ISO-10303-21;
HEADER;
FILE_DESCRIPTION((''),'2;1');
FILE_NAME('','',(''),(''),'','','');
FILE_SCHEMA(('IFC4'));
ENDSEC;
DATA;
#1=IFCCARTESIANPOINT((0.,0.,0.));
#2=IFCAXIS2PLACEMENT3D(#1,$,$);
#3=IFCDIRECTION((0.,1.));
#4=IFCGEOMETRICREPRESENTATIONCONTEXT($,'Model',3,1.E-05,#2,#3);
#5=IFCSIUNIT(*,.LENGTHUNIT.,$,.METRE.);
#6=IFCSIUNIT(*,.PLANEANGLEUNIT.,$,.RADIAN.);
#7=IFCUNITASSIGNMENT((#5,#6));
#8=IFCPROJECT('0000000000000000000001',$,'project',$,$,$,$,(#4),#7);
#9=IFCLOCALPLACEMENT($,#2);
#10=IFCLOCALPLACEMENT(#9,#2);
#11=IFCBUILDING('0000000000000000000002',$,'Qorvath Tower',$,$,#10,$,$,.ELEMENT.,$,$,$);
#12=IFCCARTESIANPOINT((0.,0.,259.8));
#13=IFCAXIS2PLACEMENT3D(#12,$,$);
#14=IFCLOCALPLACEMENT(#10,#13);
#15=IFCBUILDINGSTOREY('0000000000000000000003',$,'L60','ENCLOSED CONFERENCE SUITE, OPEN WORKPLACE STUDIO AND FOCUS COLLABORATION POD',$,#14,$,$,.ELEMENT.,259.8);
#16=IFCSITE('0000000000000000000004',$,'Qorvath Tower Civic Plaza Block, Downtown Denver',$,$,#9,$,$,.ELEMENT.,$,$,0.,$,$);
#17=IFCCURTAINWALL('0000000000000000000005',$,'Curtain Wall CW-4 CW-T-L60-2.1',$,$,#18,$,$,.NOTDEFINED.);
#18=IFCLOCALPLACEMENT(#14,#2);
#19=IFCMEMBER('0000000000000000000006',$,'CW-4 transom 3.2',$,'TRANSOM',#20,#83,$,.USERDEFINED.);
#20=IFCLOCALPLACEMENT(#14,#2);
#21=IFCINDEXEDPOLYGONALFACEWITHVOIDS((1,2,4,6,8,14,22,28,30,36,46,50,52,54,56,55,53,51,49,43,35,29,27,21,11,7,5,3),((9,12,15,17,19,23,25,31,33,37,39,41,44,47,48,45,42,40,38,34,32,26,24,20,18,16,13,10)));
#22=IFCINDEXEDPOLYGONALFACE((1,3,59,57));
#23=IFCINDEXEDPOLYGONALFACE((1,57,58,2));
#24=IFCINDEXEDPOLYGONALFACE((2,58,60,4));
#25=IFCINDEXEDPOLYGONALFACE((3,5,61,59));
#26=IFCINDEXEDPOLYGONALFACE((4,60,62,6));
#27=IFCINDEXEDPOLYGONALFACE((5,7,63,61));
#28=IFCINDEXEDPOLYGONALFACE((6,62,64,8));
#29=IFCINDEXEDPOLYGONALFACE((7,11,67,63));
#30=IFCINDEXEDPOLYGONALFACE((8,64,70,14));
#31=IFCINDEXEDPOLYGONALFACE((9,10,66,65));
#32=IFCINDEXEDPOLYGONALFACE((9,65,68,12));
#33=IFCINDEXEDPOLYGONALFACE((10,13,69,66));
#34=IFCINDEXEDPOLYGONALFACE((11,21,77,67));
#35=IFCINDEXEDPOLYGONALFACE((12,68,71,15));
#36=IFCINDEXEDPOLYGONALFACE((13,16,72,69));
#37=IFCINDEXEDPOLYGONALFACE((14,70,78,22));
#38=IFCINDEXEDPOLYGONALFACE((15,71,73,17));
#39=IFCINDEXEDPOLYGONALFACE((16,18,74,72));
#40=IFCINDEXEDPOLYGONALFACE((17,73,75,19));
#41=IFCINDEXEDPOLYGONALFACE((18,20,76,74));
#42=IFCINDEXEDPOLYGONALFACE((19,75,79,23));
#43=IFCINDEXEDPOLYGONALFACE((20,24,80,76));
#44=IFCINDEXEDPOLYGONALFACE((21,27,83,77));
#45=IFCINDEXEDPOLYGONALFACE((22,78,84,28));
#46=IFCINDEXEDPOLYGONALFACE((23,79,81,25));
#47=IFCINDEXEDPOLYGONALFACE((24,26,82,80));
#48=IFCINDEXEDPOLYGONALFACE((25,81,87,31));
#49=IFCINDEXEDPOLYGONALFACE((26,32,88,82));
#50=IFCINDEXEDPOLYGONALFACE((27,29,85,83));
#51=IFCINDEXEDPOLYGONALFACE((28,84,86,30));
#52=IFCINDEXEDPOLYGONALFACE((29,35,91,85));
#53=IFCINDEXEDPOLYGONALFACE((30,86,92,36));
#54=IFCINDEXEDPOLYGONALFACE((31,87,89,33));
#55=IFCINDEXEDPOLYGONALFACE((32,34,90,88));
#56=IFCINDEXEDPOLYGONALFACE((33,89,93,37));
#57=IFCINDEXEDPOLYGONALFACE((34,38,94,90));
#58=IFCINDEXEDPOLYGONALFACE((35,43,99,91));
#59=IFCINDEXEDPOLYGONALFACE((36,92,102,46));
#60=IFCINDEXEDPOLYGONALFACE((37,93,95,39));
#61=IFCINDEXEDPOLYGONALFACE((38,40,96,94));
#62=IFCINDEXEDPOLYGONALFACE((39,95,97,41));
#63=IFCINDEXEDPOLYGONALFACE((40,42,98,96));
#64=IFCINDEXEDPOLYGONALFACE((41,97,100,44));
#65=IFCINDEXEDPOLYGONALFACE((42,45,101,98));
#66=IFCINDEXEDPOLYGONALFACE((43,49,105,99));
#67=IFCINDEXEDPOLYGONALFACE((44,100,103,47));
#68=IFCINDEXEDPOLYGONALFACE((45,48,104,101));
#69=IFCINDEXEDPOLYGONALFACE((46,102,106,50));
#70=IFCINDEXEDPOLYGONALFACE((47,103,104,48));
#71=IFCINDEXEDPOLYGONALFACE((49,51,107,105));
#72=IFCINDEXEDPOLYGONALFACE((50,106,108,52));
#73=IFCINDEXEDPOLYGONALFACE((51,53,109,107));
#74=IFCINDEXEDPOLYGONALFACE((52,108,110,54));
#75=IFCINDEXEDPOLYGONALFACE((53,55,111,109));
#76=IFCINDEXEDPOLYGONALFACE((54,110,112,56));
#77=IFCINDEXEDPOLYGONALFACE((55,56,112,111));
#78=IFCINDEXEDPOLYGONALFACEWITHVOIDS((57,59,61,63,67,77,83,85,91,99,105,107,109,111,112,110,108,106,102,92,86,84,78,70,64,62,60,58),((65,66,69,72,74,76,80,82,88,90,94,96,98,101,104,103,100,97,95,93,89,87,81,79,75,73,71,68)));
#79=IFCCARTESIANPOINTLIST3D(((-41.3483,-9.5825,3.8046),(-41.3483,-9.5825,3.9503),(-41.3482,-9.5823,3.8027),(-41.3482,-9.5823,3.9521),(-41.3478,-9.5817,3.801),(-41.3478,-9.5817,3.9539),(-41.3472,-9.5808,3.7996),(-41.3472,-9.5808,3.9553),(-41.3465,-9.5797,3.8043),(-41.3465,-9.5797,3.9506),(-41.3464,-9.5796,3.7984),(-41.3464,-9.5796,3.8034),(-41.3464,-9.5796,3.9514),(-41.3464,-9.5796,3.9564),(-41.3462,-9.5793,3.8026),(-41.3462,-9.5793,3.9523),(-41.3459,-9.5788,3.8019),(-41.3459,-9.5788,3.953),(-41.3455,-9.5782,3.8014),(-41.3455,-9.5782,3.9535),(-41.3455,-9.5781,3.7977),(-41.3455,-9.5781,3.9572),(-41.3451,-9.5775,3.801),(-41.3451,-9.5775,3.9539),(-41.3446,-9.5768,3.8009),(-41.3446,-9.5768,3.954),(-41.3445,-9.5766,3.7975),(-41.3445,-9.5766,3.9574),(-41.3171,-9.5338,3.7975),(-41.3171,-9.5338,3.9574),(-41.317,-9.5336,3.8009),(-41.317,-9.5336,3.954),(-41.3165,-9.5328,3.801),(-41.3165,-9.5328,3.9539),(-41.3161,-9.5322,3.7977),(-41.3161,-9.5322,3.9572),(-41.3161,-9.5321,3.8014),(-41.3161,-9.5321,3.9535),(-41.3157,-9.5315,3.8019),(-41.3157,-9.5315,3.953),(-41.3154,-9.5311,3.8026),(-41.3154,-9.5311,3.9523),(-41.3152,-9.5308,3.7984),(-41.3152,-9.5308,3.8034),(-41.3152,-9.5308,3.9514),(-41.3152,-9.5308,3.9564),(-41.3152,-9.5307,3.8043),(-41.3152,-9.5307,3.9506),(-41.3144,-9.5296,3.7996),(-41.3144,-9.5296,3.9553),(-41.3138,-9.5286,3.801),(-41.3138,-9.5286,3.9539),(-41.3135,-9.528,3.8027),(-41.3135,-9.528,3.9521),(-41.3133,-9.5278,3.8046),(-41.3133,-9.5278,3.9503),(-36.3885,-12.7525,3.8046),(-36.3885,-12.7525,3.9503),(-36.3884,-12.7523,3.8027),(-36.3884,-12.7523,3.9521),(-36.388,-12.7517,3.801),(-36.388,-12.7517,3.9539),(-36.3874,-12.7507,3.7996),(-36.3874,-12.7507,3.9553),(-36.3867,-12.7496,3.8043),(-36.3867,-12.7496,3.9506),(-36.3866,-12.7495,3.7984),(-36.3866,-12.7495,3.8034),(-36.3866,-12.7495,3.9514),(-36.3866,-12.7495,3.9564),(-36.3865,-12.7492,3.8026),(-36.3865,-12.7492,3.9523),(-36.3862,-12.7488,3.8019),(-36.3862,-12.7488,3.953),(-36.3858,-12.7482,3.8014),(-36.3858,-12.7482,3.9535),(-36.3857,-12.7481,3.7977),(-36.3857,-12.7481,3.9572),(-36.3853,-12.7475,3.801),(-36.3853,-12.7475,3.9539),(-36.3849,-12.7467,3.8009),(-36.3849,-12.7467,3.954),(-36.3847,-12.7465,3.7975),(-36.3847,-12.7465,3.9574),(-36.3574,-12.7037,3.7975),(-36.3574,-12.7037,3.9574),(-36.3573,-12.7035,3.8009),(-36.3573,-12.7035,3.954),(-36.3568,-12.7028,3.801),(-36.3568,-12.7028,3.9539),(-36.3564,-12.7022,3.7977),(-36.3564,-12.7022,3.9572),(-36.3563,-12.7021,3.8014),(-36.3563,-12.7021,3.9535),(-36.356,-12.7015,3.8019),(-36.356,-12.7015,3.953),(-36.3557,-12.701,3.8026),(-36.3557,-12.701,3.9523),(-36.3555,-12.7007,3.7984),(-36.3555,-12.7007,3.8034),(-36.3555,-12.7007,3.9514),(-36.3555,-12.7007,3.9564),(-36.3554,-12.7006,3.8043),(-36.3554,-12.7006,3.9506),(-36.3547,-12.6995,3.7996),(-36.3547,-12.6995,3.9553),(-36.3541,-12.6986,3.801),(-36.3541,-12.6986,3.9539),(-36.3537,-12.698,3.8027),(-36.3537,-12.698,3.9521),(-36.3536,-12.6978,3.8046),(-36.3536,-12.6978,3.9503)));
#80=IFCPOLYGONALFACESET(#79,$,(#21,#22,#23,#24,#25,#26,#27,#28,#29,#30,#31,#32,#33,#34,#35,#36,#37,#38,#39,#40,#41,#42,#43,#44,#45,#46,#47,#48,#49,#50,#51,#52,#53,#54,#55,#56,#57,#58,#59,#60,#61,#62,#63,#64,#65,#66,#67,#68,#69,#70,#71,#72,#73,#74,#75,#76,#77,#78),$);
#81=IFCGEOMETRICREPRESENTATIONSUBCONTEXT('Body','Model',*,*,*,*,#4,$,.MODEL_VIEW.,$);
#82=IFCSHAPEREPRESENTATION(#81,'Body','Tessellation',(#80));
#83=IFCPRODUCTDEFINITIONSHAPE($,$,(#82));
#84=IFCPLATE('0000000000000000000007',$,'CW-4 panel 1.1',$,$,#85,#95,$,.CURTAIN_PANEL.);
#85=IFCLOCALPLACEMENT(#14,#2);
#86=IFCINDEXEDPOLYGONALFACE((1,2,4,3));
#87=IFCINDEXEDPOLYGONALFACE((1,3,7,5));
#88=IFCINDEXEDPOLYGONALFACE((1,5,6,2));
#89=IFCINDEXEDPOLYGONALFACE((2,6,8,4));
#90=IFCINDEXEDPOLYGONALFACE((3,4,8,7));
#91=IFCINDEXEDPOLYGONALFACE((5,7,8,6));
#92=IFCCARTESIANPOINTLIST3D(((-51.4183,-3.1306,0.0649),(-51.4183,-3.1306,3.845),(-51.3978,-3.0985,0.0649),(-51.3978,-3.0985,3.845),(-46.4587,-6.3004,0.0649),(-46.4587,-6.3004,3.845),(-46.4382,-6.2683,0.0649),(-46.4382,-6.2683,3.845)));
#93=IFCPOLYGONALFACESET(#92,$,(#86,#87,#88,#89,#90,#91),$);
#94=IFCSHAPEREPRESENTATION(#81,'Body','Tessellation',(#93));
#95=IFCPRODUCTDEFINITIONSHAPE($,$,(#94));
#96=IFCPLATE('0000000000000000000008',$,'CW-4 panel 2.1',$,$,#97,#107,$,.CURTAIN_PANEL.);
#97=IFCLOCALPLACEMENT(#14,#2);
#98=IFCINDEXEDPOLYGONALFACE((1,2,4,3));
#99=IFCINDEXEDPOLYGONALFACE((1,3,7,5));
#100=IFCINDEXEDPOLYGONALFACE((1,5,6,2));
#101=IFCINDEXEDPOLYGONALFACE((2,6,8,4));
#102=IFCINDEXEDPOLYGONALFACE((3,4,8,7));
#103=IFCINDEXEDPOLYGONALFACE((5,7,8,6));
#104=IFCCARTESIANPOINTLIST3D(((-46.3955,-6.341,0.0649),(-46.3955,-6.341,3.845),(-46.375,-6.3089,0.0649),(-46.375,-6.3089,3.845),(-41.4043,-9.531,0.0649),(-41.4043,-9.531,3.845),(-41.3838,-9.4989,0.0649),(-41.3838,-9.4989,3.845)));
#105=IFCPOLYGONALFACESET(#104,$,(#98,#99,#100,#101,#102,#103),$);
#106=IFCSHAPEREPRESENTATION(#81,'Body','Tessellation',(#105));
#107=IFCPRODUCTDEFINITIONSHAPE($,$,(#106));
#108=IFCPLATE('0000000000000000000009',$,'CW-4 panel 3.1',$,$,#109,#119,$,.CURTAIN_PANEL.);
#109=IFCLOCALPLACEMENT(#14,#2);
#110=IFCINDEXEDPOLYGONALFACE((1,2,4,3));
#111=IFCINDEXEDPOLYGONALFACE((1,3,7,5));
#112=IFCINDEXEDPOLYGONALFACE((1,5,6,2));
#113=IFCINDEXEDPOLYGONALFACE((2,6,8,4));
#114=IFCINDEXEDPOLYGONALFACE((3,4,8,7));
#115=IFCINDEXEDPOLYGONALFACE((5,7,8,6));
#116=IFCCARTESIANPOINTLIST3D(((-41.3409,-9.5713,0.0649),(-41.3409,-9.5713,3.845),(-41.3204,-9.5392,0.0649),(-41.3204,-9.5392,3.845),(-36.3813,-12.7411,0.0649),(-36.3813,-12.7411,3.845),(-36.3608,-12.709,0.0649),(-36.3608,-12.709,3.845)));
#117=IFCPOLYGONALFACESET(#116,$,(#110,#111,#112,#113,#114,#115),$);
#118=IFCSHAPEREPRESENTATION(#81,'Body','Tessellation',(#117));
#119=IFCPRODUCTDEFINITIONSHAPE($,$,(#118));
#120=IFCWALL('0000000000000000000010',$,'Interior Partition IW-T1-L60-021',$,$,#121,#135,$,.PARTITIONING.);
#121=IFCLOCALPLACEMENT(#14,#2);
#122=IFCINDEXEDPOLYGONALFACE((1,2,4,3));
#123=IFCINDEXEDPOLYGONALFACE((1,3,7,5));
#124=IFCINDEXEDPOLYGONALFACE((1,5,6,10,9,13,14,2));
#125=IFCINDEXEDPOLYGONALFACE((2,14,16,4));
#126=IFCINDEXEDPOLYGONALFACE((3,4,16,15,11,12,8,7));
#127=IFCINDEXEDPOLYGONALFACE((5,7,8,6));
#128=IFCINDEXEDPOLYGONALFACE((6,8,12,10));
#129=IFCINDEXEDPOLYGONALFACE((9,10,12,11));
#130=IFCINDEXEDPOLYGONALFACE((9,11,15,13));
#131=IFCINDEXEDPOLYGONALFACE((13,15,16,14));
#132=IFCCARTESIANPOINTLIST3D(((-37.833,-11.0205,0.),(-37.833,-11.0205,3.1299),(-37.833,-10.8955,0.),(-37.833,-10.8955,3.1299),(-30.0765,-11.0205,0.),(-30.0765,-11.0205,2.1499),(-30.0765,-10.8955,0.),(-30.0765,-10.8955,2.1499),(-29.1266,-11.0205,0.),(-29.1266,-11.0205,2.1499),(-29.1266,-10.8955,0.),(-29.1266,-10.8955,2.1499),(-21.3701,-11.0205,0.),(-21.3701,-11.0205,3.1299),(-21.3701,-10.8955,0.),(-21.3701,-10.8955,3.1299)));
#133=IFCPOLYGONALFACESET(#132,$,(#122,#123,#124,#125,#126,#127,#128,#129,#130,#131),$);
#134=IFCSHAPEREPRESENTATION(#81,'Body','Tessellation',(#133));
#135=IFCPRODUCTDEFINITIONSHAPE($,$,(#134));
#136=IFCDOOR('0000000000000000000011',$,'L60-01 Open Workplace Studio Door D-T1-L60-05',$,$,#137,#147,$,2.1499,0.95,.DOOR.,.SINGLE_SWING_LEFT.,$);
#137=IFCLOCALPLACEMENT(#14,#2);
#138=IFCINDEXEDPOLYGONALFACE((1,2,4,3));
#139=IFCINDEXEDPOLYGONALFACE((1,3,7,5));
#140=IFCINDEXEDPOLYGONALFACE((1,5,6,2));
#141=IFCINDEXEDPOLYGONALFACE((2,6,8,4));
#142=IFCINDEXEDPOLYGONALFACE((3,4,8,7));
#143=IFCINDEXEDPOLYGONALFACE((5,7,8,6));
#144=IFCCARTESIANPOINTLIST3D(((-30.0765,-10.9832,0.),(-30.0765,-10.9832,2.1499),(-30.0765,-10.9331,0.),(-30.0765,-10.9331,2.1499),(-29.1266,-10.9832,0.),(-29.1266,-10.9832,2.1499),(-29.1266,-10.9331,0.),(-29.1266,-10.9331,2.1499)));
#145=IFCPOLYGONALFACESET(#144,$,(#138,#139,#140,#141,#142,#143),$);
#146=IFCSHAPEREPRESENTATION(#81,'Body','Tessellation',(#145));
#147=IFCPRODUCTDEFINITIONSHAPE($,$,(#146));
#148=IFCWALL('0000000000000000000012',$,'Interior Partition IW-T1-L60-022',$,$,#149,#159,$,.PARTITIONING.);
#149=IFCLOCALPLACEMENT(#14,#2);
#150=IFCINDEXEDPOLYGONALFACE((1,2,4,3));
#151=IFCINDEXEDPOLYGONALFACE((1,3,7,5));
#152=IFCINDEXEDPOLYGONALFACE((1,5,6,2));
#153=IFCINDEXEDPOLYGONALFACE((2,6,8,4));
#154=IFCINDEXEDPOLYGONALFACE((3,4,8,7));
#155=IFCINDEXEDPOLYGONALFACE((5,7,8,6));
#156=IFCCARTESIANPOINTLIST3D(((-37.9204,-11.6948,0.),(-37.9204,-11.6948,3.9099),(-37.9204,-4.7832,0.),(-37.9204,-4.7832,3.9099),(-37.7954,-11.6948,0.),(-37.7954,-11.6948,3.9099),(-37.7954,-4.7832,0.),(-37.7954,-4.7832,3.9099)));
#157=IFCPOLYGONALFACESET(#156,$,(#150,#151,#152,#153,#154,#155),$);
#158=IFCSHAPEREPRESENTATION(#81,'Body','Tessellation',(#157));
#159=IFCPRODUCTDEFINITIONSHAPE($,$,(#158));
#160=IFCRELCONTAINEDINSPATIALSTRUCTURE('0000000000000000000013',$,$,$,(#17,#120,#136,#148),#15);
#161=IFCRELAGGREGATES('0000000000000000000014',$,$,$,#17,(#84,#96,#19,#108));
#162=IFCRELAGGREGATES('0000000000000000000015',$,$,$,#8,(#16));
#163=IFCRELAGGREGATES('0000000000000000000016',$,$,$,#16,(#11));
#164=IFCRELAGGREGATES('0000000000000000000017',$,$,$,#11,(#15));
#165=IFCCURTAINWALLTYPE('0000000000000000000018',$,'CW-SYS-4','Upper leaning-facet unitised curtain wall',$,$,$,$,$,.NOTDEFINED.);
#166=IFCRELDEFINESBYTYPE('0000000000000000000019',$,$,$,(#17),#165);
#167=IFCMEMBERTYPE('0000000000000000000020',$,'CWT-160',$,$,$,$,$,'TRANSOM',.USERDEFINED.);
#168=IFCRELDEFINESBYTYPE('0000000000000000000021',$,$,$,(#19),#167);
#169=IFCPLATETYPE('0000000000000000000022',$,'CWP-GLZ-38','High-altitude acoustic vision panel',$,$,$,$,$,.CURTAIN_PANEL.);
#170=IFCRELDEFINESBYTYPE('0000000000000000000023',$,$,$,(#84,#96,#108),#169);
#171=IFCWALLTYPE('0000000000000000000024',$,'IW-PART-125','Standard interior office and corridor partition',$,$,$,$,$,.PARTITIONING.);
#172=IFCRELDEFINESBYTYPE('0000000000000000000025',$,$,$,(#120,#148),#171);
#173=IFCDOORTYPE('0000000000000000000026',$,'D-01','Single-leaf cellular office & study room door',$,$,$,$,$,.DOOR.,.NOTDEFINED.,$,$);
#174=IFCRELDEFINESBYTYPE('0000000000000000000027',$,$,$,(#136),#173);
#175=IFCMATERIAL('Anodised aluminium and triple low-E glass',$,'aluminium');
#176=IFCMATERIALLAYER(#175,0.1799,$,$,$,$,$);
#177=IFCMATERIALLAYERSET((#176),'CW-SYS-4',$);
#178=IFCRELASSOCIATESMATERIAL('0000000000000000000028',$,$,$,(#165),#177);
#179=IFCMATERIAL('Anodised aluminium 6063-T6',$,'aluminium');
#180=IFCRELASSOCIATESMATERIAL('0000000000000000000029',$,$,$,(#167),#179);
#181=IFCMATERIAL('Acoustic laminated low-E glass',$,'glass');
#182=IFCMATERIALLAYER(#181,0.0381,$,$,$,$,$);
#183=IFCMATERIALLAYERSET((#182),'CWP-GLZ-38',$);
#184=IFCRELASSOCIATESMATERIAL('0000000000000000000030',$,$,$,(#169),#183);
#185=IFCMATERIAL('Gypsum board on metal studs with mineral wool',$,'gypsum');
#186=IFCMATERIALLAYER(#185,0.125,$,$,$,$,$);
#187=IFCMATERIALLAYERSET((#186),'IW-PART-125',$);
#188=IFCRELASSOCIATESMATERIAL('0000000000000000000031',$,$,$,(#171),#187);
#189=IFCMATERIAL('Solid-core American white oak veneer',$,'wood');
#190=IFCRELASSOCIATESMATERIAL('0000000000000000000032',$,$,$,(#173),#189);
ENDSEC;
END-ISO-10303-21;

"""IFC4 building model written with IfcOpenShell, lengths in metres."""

from ifc_helpers import new_model, si_unit, direction, frame, frame_2d, origin, origin_2d, place, context, subcontext, project, spatial, rectangle, hollow_rectangle, extrude, material, layer, layer_set, material_profile, profile_set, type_object, element, fill, aggregate, save


model = new_model("IFC4")

# Units and contexts
model_context = context("Model", 3, precision=1e-05, world=origin(), true_north=direction((0.0, 1.0)))
body_context = subcontext(model_context, "Body", "Model", "MODEL_VIEW")
ifc_project = project(units=[si_unit("LENGTHUNIT", "METRE"), si_unit("PLANEANGLEUNIT", "RADIAN")], contexts=[model_context])

# Site, building, storey
site_placement = place(None, origin())
site = spatial("IfcSite", under=ifc_project, at=site_placement, Name="Qorvath Tower Civic Plaza Block, Downtown Denver", CompositionType="ELEMENT", RefElevation=0.0)
building_placement = place(site_placement, origin())
building = spatial("IfcBuilding", under=site, at=building_placement, Name="Qorvath Tower", CompositionType="ELEMENT")
storey_placement = place(building_placement, frame((0.0, 0.0, 259.8)))
storey = spatial("IfcBuildingStorey", under=building, at=storey_placement, Name="L60", Description="ENCLOSED CONFERENCE SUITE, OPEN WORKPLACE STUDIO AND FOCUS COLLABORATION POD", CompositionType="ELEMENT", Elevation=259.8)

# Curtain wall, member, plates
ifc_material_1 = material(Name="Anodised aluminium and triple low-E glass", Category="aluminium")
ifc_layer_1 = layer(ifc_material_1, 0.1799)
ifc_layer_set_1 = layer_set([ifc_layer_1], Name="CW-SYS-4")
curtain_wall_type = type_object("IfcCurtainWallType", Name="CW-SYS-4", Description="Upper leaning-facet unitised curtain wall", PredefinedType="NOTDEFINED", material=ifc_layer_set_1)
curtain_wall_placement = place(storey_placement, origin())
curtain_wall = element("IfcCurtainWall", 1, at=curtain_wall_placement, inside=storey, type_object=curtain_wall_type, Name="Curtain Wall CW-4 CW-T-L60-2.1", PredefinedType="NOTDEFINED")
ifc_material_2 = material(Name="Anodised aluminium 6063-T6", Category="aluminium")
ifc_material_profile_1 = material_profile(ifc_material_2, hollow_rectangle(XDim=0.0649, YDim=0.1599, WallThickness=0.0034, InnerFilletRadius=0.0034, OuterFilletRadius=0.0071, at=origin_2d()), Name="CWT 160x65")
ifc_profile_set_1 = profile_set([ifc_material_profile_1], Name="Anodised aluminium 6063-T6")
member_type_1 = type_object("IfcMemberType", Name="CWT-160", ElementType="TRANSOM", PredefinedType="USERDEFINED", material=ifc_profile_set_1)
member_1_placement = place(storey_placement, frame((-41.3308, -9.5552, 3.8774), z_axis=(0.842603, -0.538536, 0.0), x_axis=(0.538536, 0.842603, 0.0)))
member_1 = element("IfcMember", 2, at=member_1_placement, type_object=member_type_1, Name="CW-4 transom 3.2", ObjectType="TRANSOM", PredefinedType="USERDEFINED", context=body_context, shape_type="SweptSolid", body=[
    extrude(hollow_rectangle(XDim=0.0649, YDim=0.1599, WallThickness=0.0034, InnerFilletRadius=0.0034, OuterFilletRadius=0.0071, at=origin_2d()), origin(), (0.0, 0.0, 1.0), 5.8862),
])
ifc_material_3 = material(Name="Acoustic laminated low-E glass", Category="glass")
ifc_layer_2 = layer(ifc_material_3, 0.0381)
ifc_layer_set_2 = layer_set([ifc_layer_2], Name="CWP-GLZ-38")
plate_type = type_object("IfcPlateType", Name="CWP-GLZ-38", Description="High-altitude acoustic vision panel", PredefinedType="CURTAIN_PANEL", material=ifc_layer_set_2)
plate_1_placement = place(storey_placement, frame((-48.9282, -4.6995, 0.0649), z_axis=(0.0, 0.0, 1.0), x_axis=(0.842607, -0.538529, 0.0)))
plate_1 = element("IfcPlate", 3, at=plate_1_placement, type_object=plate_type, Name="CW-4 panel 1.1", PredefinedType="CURTAIN_PANEL", context=body_context, shape_type="SweptSolid", body=[
    extrude(rectangle(XDim=5.886, YDim=0.0381, at=origin_2d()), origin(), (0.0, 0.0, 1.0), 3.78),
])
plate_2_placement = place(storey_placement, frame((-43.8896, -7.9199, 0.0649), z_axis=(0.0, 0.0, 1.0), x_axis=(0.842607, -0.538529, 0.0)))
plate_2 = element("IfcPlate", 4, at=plate_2_placement, type_object=plate_type, Name="CW-4 panel 2.1", PredefinedType="CURTAIN_PANEL", context=body_context, shape_type="SweptSolid", body=[
    extrude(rectangle(XDim=5.9236, YDim=0.0381, at=origin_2d()), origin(), (0.0, 0.0, 1.0), 3.78),
])
plate_3_placement = place(storey_placement, frame((-38.8508, -11.1401, 0.0649), z_axis=(0.0, 0.0, 1.0), x_axis=(0.842607, -0.538529, 0.0)))
plate_3 = element("IfcPlate", 5, at=plate_3_placement, type_object=plate_type, Name="CW-4 panel 3.1", PredefinedType="CURTAIN_PANEL", context=body_context, shape_type="SweptSolid", body=[
    extrude(rectangle(XDim=5.886, YDim=0.0381, at=origin_2d()), origin(), (0.0, 0.0, 1.0), 3.78),
])
aggregate(curtain_wall, [plate_1, plate_2, member_1, plate_3])

# Wall, opening, door
ifc_material_4 = material(Name="Gypsum board on metal studs with mineral wool", Category="gypsum")
ifc_layer_3 = layer(ifc_material_4, 0.125)
ifc_layer_set_3 = layer_set([ifc_layer_3], Name="IW-PART-125")
wall_type_1 = type_object("IfcWallType", Name="IW-PART-125", Description="Standard interior office and corridor partition", PredefinedType="PARTITIONING", material=ifc_layer_set_3)
wall_1_placement = place(storey_placement, frame((-37.833, -10.958, 0.0), z_axis=(0.0, 0.0, 1.0), x_axis=(1.0, 0.0, 0.0)))
wall_1 = element("IfcWall", 6, at=wall_1_placement, inside=storey, type_object=wall_type_1, Name="Interior Partition IW-T1-L60-021", PredefinedType="PARTITIONING", context=body_context, shape_type="SweptSolid", body=[
    extrude(rectangle(XDim=16.4629, YDim=0.125, at=frame_2d((8.2314, 0.0))), origin(), (0.0, 0.0, 1.0), 3.1299),
])
opening_1_placement = place(wall_1_placement, frame((7.7563, 0.0, 0.0)))
opening_1 = element("IfcOpeningElement", 7, at=opening_1_placement, cuts=wall_1, PredefinedType="OPENING", context=body_context, shape_type="SweptSolid", body=[
    extrude(rectangle(XDim=0.95, YDim=2.1499, at=frame_2d((0.4751, 1.075))), frame((0.0, 0.0725, 0.0), z_axis=(0.0, -1.0, 0.0), x_axis=(1.0, 0.0, 0.0)), (0.0, 0.0, 1.0), 0.145),
])
ifc_material_5 = material(Name="Solid-core American white oak veneer", Category="wood")
door_type_1 = type_object("IfcDoorType", Name="D-01", Description="Single-leaf cellular office & study room door", OperationType="NOTDEFINED", PredefinedType="DOOR", material=ifc_material_5)
door_1_placement = place(opening_1_placement, origin())
door_1 = element("IfcDoor", 8, at=door_1_placement, inside=storey, type_object=door_type_1, Name="L60-01 Open Workplace Studio Door D-T1-L60-05", OperationType="SINGLE_SWING_LEFT", OverallHeight=2.1499, OverallWidth=0.95, PredefinedType="DOOR", context=body_context, shape_type="SweptSolid", body=[
    extrude(rectangle(XDim=0.95, YDim=2.1499, at=frame_2d((0.4751, 1.075))), frame((0.0, 0.0249, 0.0), z_axis=(0.0, -1.0, 0.0), x_axis=(1.0, 0.0, 0.0)), (0.0, 0.0, 1.0), 0.05),
])
fill(opening_1, door_1)

# Wall
wall_2_placement = place(storey_placement, frame((-37.8579, -4.7832, 0.0), z_axis=(0.0, 0.0, 1.0), x_axis=(0.0, -1.0, 0.0)))
element("IfcWall", 9, at=wall_2_placement, inside=storey, type_object=wall_type_1, Name="Interior Partition IW-T1-L60-022", PredefinedType="PARTITIONING", context=body_context, shape_type="SweptSolid", body=[
    extrude(rectangle(XDim=6.9116, YDim=0.125, at=frame_2d((3.4558, 0.0))), origin(), (0.0, 0.0, 1.0), 3.9099),
])

save(model, "model.ifc")
